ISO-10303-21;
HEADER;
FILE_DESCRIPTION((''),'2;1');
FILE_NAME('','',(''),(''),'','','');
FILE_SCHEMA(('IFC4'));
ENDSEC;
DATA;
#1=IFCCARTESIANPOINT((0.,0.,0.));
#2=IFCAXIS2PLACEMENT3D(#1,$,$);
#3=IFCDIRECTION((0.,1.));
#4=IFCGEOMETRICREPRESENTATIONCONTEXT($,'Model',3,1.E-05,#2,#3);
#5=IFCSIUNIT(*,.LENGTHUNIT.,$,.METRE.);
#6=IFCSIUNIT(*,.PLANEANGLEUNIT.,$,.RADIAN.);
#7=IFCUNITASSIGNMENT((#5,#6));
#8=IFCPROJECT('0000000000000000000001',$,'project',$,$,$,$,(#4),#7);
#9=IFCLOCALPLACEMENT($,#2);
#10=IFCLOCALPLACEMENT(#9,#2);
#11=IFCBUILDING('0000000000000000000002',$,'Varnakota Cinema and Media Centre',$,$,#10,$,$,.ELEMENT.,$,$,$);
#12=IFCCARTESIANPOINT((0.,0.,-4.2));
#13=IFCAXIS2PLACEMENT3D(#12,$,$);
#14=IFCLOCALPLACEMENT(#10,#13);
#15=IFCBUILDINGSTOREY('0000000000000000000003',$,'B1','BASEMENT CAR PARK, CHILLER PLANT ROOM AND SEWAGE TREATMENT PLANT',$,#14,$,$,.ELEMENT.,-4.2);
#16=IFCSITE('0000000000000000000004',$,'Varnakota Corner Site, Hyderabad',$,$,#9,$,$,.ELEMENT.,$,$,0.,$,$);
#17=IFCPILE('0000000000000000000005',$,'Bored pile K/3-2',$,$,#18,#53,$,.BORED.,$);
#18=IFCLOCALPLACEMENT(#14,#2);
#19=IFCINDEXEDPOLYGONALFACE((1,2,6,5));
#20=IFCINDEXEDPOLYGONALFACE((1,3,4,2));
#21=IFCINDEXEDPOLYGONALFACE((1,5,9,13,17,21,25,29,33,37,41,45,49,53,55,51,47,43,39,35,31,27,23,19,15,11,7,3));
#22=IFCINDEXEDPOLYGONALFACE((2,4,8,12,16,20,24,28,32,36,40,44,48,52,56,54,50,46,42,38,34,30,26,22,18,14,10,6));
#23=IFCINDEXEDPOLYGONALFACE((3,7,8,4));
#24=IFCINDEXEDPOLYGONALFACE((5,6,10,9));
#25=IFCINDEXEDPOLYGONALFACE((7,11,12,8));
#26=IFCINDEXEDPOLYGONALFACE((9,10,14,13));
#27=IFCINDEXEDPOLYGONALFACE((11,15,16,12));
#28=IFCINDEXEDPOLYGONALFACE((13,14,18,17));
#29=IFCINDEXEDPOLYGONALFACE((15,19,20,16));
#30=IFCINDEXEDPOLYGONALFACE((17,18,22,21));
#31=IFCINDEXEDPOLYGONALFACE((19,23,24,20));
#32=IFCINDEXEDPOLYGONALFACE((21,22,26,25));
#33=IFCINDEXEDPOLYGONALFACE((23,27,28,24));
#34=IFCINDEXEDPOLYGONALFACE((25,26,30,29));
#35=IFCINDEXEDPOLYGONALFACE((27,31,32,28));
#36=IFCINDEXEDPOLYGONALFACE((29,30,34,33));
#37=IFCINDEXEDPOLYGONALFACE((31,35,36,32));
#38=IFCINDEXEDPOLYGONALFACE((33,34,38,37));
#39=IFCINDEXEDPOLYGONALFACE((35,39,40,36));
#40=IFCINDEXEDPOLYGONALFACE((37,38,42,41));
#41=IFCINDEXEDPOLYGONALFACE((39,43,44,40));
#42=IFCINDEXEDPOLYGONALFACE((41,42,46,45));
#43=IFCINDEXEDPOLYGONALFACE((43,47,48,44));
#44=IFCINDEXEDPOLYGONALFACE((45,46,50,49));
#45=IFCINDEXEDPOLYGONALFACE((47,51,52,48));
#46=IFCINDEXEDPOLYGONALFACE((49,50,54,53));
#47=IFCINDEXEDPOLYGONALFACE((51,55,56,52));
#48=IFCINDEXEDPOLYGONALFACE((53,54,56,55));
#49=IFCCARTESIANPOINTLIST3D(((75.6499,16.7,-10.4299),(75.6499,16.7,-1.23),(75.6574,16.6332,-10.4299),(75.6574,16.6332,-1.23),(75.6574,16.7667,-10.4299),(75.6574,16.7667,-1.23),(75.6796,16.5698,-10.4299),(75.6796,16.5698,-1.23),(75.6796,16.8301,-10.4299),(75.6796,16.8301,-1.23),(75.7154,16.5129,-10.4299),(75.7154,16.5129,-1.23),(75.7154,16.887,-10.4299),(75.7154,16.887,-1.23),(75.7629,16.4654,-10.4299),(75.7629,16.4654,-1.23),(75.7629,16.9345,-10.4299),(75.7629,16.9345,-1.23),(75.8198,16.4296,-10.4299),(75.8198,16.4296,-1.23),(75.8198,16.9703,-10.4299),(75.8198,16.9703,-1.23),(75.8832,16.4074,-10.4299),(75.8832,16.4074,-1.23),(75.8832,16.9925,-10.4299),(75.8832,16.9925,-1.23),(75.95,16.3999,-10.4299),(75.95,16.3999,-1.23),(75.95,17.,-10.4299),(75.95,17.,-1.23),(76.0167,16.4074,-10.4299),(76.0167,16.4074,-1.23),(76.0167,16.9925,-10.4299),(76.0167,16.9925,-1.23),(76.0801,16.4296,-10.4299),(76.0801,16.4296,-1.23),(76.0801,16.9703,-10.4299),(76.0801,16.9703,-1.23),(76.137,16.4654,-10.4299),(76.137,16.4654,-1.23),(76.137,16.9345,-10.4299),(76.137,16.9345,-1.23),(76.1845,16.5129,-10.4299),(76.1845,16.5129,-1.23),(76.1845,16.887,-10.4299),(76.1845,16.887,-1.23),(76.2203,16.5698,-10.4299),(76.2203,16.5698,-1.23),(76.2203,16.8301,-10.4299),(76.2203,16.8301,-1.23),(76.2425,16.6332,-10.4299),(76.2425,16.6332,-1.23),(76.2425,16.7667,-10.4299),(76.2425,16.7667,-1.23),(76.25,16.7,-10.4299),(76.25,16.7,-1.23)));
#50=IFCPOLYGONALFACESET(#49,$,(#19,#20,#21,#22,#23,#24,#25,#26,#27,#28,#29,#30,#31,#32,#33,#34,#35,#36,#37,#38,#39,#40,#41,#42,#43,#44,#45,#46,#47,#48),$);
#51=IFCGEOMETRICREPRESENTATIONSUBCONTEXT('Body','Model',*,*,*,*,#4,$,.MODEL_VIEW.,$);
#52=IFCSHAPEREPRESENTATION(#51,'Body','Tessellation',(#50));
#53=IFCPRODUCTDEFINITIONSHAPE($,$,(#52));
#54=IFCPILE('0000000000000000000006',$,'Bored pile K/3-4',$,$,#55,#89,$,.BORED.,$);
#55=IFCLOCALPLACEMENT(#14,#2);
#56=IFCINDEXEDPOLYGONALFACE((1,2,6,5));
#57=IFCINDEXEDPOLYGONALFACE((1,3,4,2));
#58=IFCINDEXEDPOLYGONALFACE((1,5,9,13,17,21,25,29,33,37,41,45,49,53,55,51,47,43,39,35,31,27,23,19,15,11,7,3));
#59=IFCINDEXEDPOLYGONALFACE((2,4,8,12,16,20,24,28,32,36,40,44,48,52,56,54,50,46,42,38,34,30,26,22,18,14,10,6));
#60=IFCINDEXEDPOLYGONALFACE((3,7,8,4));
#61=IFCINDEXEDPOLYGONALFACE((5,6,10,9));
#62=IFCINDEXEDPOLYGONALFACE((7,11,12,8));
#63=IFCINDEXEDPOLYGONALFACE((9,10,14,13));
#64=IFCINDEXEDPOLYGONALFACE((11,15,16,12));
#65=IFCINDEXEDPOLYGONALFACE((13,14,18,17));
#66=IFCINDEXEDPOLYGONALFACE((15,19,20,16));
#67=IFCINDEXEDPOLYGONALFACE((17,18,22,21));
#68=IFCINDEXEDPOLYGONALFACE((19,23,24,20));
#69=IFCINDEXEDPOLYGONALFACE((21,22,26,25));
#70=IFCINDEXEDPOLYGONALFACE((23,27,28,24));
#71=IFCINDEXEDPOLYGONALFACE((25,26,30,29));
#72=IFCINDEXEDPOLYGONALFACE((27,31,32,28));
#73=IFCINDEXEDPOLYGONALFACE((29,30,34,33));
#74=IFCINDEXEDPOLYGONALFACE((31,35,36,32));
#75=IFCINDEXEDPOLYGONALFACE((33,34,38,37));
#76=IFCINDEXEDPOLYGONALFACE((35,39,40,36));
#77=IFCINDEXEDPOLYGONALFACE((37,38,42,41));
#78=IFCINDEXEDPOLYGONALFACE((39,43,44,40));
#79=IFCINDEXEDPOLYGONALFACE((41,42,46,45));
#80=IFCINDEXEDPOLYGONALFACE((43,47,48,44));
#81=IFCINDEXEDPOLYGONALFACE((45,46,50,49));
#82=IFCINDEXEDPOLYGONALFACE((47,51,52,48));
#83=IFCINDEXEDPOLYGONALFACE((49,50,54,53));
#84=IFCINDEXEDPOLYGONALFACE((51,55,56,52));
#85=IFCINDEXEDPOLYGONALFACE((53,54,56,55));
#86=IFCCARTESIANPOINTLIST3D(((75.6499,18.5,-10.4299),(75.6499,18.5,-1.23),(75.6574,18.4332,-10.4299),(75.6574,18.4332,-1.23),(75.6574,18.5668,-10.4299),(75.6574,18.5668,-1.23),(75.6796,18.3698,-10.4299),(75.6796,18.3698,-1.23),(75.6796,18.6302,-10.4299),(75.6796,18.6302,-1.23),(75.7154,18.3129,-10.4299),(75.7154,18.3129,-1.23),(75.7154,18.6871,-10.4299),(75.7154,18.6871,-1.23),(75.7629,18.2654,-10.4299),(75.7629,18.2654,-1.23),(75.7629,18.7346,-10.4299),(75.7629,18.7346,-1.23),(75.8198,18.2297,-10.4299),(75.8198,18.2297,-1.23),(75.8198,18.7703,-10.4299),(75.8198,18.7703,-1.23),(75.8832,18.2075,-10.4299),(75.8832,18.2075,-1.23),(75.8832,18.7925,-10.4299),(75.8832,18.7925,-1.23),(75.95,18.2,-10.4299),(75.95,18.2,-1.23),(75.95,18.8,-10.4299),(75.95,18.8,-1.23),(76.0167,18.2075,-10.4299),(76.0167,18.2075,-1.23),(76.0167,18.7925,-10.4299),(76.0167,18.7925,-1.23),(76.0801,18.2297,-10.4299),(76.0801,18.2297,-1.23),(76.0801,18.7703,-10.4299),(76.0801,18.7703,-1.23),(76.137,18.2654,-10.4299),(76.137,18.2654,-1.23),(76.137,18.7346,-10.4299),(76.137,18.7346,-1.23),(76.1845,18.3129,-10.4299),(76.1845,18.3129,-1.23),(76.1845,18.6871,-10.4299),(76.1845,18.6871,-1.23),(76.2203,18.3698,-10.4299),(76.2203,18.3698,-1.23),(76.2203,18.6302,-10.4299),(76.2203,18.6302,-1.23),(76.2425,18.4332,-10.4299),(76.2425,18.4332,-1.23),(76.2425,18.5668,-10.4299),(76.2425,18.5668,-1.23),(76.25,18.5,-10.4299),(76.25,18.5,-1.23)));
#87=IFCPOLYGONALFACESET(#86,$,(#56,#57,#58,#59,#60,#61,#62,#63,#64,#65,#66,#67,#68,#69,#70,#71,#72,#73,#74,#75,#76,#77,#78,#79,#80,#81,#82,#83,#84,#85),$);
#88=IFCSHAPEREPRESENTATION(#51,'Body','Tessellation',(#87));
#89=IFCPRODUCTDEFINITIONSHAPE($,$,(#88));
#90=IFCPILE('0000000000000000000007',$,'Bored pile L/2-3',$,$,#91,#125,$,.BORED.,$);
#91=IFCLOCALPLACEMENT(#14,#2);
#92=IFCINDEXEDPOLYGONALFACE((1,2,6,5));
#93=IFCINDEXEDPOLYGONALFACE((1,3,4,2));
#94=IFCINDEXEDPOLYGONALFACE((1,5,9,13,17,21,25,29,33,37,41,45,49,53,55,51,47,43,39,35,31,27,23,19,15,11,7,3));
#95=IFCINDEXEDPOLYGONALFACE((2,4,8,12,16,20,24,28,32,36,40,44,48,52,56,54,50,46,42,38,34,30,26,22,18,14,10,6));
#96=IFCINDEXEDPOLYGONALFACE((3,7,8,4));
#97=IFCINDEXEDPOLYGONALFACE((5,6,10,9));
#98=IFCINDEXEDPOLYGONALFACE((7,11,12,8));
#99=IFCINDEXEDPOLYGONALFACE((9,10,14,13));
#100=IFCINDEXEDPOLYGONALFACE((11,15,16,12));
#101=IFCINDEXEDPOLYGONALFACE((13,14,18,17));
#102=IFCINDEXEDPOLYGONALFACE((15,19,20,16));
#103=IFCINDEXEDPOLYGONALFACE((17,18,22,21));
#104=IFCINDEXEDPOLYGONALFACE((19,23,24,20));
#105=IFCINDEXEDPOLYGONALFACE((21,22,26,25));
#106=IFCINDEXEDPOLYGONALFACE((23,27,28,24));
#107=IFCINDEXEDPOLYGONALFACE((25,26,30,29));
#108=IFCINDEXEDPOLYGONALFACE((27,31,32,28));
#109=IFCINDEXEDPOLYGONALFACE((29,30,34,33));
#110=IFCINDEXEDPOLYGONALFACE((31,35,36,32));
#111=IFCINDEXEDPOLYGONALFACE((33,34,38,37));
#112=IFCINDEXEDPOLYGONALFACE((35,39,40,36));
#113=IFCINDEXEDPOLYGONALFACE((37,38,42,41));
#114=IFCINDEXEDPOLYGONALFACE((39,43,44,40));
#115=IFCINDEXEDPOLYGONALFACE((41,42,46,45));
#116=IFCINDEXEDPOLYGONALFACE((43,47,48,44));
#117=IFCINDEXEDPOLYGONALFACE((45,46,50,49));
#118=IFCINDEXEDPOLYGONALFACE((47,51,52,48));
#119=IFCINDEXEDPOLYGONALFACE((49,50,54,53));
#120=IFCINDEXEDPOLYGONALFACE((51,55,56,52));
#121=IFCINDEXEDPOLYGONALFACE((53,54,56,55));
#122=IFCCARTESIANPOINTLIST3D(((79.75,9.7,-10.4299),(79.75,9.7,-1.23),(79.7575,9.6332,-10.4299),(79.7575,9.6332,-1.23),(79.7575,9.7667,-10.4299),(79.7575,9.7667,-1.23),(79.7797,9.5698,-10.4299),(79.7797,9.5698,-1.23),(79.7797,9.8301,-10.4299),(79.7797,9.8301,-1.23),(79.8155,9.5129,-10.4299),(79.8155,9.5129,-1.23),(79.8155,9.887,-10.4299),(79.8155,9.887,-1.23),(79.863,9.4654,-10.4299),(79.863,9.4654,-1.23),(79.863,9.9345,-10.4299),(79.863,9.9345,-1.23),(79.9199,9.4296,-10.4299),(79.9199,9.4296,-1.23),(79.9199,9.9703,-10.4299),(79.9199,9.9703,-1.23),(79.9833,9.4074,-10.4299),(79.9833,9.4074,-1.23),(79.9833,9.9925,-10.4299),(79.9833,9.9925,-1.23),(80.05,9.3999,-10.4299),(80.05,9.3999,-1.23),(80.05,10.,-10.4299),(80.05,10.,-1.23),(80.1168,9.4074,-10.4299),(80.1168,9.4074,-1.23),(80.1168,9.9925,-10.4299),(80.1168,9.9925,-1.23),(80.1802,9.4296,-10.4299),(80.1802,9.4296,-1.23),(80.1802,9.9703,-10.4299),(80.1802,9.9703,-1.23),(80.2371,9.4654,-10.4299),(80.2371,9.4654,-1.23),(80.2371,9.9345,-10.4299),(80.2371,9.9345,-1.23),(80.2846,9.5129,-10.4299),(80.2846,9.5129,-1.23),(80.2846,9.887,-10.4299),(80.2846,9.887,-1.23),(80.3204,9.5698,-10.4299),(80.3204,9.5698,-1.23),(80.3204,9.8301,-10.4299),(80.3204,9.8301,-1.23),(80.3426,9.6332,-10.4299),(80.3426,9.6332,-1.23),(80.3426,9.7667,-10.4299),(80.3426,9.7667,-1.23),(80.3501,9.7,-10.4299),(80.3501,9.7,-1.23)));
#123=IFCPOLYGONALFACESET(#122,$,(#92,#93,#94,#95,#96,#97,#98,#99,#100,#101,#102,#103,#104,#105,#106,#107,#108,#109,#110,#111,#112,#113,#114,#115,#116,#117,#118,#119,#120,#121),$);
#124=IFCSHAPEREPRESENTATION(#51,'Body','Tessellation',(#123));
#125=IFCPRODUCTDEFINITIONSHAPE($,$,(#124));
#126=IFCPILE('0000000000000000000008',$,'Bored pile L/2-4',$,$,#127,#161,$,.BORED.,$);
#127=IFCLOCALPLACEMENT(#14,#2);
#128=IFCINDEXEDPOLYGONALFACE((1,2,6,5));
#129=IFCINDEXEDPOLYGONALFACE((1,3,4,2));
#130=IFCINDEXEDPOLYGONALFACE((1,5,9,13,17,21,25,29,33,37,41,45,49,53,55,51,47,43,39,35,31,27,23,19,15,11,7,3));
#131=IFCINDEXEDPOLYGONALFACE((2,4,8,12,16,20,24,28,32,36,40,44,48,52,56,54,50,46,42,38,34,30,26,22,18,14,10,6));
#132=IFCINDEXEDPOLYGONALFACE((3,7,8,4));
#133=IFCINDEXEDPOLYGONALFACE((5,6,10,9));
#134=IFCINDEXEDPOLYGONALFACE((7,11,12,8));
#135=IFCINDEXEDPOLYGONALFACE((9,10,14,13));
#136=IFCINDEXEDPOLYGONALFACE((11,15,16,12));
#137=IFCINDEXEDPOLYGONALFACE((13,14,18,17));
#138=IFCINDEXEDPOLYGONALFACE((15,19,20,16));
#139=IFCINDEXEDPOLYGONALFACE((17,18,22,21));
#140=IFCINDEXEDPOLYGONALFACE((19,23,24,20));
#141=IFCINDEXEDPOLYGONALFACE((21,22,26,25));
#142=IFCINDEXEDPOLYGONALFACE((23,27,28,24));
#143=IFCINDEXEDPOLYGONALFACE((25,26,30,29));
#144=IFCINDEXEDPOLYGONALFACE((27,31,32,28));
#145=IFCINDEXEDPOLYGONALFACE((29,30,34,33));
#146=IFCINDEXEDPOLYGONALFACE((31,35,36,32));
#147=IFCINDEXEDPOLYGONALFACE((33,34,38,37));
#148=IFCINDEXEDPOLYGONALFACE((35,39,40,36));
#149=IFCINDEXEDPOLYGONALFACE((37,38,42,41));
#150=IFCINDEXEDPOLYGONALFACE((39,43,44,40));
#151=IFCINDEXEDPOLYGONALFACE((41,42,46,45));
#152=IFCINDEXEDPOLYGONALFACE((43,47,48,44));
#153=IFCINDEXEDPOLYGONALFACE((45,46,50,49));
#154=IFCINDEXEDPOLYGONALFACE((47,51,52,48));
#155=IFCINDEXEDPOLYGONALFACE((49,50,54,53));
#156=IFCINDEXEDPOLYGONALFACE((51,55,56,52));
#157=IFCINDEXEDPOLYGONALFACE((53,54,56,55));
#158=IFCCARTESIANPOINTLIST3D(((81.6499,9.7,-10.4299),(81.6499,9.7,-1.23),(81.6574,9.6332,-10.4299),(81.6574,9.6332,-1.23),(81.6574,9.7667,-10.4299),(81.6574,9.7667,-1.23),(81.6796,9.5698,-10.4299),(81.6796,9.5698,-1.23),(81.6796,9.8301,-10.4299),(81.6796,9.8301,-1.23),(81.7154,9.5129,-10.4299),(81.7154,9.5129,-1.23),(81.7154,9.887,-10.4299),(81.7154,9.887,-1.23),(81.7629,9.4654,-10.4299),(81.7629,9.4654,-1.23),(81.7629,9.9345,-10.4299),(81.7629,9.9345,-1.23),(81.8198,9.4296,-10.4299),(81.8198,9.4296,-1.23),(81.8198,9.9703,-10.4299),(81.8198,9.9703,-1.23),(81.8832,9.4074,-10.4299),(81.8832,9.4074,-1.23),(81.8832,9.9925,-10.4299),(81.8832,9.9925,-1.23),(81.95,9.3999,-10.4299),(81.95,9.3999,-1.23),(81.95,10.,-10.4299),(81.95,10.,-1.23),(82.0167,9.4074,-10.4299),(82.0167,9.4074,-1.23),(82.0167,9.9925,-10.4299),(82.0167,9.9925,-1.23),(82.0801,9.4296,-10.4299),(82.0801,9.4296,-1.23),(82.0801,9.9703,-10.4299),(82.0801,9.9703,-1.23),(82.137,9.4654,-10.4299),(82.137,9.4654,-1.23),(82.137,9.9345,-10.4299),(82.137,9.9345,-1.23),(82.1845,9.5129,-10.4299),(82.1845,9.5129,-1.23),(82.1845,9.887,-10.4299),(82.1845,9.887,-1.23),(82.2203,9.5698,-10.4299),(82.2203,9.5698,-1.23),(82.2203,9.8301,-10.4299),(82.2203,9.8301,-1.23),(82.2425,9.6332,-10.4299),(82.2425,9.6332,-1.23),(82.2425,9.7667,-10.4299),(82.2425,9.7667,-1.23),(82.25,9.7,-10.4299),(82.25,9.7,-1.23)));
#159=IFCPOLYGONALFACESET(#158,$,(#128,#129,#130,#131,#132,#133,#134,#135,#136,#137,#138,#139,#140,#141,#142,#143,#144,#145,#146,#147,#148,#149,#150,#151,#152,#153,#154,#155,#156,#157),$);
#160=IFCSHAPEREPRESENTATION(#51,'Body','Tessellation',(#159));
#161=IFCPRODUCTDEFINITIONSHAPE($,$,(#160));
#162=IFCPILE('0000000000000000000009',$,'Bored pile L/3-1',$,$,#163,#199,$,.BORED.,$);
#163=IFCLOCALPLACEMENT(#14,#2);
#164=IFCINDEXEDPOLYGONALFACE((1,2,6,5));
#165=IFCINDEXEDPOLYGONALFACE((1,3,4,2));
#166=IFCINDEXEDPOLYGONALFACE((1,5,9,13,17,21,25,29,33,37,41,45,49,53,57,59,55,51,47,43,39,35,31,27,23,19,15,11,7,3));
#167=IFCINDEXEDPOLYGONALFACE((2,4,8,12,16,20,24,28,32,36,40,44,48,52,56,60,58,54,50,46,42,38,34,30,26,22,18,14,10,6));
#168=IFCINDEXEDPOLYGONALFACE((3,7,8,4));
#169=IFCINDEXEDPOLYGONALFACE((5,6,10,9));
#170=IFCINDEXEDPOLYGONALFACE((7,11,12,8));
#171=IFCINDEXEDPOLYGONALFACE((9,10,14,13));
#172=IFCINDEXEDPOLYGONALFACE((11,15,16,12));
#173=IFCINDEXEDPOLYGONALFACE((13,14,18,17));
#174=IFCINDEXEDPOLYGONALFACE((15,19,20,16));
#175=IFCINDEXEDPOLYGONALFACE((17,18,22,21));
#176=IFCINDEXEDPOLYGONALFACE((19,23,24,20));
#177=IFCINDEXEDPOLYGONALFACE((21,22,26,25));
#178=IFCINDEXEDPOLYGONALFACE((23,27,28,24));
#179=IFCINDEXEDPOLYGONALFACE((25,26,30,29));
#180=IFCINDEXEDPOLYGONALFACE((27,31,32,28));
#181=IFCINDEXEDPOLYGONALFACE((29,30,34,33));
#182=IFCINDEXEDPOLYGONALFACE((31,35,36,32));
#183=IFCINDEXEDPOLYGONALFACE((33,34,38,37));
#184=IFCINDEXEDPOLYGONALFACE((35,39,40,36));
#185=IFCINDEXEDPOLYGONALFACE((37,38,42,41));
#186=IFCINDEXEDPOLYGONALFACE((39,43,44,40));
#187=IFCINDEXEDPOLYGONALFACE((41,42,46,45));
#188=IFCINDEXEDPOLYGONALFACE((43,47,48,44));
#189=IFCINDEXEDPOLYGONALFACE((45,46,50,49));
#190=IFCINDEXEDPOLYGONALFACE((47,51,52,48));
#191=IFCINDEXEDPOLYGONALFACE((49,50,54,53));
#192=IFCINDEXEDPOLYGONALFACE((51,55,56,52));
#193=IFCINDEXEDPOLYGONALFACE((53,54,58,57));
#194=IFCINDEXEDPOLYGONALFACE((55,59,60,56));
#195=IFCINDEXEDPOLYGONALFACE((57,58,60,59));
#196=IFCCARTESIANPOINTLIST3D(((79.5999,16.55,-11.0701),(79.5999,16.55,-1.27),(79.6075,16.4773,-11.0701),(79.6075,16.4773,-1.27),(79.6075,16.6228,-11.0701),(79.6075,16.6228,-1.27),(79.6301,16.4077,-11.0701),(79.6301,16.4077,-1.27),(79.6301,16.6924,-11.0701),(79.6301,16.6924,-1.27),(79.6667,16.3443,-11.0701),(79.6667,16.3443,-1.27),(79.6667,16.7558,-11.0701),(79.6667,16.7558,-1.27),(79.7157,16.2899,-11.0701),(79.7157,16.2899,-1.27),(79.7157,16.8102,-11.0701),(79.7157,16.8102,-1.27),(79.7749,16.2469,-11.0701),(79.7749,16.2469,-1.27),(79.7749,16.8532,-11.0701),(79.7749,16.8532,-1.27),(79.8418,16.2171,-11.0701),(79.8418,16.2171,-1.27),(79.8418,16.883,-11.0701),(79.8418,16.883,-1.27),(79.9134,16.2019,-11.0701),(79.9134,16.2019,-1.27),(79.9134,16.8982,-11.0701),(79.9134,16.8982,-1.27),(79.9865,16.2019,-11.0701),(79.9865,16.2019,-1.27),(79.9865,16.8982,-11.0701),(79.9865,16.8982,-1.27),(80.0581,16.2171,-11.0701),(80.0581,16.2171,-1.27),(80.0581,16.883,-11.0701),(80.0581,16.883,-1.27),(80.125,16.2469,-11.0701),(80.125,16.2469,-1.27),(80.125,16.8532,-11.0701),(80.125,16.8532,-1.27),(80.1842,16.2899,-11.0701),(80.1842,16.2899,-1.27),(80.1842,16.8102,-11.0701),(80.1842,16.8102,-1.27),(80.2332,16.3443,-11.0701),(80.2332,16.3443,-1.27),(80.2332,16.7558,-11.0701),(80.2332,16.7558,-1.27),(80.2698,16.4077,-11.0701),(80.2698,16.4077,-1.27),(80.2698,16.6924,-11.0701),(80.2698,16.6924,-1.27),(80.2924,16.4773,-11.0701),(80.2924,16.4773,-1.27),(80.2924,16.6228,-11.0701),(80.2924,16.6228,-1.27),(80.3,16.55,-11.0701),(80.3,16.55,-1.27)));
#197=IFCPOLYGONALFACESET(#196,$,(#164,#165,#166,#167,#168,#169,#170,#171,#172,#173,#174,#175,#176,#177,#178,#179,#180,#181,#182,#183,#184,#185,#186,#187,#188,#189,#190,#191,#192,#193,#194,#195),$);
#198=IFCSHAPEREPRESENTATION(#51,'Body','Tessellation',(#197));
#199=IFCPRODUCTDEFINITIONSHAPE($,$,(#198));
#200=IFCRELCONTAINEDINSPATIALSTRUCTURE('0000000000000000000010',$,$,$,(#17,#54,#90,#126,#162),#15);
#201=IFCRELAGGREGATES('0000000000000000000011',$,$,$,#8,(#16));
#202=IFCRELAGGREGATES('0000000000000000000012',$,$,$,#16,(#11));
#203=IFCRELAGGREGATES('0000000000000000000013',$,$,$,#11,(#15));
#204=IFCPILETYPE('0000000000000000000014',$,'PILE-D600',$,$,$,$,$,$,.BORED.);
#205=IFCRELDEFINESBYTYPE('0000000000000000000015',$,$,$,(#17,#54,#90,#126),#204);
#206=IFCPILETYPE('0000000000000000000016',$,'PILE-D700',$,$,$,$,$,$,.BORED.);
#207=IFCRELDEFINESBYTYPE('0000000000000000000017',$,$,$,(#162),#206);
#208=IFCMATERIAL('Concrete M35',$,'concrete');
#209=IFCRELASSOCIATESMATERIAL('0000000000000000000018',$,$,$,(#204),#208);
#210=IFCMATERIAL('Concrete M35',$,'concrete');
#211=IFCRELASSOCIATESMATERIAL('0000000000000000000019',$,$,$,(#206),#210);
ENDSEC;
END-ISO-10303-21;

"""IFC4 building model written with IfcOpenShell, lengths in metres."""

from ifc_helpers import new_model, si_unit, direction, frame, origin, origin_2d, place, context, subcontext, project, spatial, circle, extrude, material, material_profile, profile_set, type_object, element, save


model = new_model("IFC4")

# Units and contexts
model_context = context("Model", 3, precision=1e-05, world=origin(), true_north=direction((0.0, 1.0)))
body_context = subcontext(model_context, "Body", "Model", "MODEL_VIEW")
ifc_project = project(units=[si_unit("LENGTHUNIT", "METRE"), si_unit("PLANEANGLEUNIT", "RADIAN")], contexts=[model_context])

# Site, building, storey
site_placement = place(None, origin())
site = spatial("IfcSite", under=ifc_project, at=site_placement, Name="Varnakota Corner Site, Hyderabad", CompositionType="ELEMENT", RefElevation=0.0)
building_placement = place(site_placement, origin())
building = spatial("IfcBuilding", under=site, at=building_placement, Name="Varnakota Cinema and Media Centre", CompositionType="ELEMENT")
storey_placement = place(building_placement, frame((0.0, 0.0, -4.2)))
storey = spatial("IfcBuildingStorey", under=building, at=storey_placement, Name="B1", Description="BASEMENT CAR PARK, CHILLER PLANT ROOM AND SEWAGE TREATMENT PLANT", CompositionType="ELEMENT", Elevation=-4.2)

# Piles
ifc_material_1 = material(Name="Concrete M35", Category="concrete")
ifc_material_profile_1 = material_profile(ifc_material_1, circle(Radius=0.3, at=origin_2d()), Name="PILE D600")
ifc_profile_set_1 = profile_set([ifc_material_profile_1], Name="Concrete M35")
pile_type_1 = type_object("IfcPileType", Name="PILE-D600", PredefinedType="BORED", material=ifc_profile_set_1)
for number, where, z_axis, x_axis, name in (
    (1, (75.95, 16.7, -1.23), (0.0, 0.0, -1.0), (1.0, 0.0, 0.0), "Bored pile K/3-2"),
    (2, (75.95, 18.5, -1.23), (0.0, 0.0, -1.0), (1.0, 0.0, 0.0), "Bored pile K/3-4"),
    (3, (80.05, 9.7, -1.23), (0.0, 0.0, -1.0), (1.0, 0.0, 0.0), "Bored pile L/2-3"),
    (4, (81.95, 9.7, -1.23), (0.0, 0.0, -1.0), (1.0, 0.0, 0.0), "Bored pile L/2-4"),
):
    element("IfcPile", number, at=place(storey_placement, frame(where, z_axis=z_axis, x_axis=x_axis)), inside=storey, type_object=pile_type_1, Name=name, PredefinedType="BORED", context=body_context, shape_type="SweptSolid", body=[
        extrude(circle(Radius=0.3, at=origin_2d()), origin(), (0.0, 0.0, 1.0), 9.2),
    ])
ifc_material_2 = material(Name="Concrete M35", Category="concrete")
ifc_material_profile_2 = material_profile(ifc_material_2, circle(Radius=0.3501, at=origin_2d()), Name="PILE D700")
ifc_profile_set_2 = profile_set([ifc_material_profile_2], Name="Concrete M35")
pile_type_2 = type_object("IfcPileType", Name="PILE-D700", PredefinedType="BORED", material=ifc_profile_set_2)
for number, where, z_axis, x_axis, name in (
    (5, (79.95, 16.55, -1.27), (0.0, 0.0, -1.0), (1.0, 0.0, 0.0), "Bored pile L/3-1"),
):
    element("IfcPile", number, at=place(storey_placement, frame(where, z_axis=z_axis, x_axis=x_axis)), inside=storey, type_object=pile_type_2, Name=name, PredefinedType="BORED", context=body_context, shape_type="SweptSolid", body=[
        extrude(circle(Radius=0.3501, at=origin_2d()), origin(), (0.0, 0.0, 1.0), 9.8),
    ])

save(model, "model.ifc")
